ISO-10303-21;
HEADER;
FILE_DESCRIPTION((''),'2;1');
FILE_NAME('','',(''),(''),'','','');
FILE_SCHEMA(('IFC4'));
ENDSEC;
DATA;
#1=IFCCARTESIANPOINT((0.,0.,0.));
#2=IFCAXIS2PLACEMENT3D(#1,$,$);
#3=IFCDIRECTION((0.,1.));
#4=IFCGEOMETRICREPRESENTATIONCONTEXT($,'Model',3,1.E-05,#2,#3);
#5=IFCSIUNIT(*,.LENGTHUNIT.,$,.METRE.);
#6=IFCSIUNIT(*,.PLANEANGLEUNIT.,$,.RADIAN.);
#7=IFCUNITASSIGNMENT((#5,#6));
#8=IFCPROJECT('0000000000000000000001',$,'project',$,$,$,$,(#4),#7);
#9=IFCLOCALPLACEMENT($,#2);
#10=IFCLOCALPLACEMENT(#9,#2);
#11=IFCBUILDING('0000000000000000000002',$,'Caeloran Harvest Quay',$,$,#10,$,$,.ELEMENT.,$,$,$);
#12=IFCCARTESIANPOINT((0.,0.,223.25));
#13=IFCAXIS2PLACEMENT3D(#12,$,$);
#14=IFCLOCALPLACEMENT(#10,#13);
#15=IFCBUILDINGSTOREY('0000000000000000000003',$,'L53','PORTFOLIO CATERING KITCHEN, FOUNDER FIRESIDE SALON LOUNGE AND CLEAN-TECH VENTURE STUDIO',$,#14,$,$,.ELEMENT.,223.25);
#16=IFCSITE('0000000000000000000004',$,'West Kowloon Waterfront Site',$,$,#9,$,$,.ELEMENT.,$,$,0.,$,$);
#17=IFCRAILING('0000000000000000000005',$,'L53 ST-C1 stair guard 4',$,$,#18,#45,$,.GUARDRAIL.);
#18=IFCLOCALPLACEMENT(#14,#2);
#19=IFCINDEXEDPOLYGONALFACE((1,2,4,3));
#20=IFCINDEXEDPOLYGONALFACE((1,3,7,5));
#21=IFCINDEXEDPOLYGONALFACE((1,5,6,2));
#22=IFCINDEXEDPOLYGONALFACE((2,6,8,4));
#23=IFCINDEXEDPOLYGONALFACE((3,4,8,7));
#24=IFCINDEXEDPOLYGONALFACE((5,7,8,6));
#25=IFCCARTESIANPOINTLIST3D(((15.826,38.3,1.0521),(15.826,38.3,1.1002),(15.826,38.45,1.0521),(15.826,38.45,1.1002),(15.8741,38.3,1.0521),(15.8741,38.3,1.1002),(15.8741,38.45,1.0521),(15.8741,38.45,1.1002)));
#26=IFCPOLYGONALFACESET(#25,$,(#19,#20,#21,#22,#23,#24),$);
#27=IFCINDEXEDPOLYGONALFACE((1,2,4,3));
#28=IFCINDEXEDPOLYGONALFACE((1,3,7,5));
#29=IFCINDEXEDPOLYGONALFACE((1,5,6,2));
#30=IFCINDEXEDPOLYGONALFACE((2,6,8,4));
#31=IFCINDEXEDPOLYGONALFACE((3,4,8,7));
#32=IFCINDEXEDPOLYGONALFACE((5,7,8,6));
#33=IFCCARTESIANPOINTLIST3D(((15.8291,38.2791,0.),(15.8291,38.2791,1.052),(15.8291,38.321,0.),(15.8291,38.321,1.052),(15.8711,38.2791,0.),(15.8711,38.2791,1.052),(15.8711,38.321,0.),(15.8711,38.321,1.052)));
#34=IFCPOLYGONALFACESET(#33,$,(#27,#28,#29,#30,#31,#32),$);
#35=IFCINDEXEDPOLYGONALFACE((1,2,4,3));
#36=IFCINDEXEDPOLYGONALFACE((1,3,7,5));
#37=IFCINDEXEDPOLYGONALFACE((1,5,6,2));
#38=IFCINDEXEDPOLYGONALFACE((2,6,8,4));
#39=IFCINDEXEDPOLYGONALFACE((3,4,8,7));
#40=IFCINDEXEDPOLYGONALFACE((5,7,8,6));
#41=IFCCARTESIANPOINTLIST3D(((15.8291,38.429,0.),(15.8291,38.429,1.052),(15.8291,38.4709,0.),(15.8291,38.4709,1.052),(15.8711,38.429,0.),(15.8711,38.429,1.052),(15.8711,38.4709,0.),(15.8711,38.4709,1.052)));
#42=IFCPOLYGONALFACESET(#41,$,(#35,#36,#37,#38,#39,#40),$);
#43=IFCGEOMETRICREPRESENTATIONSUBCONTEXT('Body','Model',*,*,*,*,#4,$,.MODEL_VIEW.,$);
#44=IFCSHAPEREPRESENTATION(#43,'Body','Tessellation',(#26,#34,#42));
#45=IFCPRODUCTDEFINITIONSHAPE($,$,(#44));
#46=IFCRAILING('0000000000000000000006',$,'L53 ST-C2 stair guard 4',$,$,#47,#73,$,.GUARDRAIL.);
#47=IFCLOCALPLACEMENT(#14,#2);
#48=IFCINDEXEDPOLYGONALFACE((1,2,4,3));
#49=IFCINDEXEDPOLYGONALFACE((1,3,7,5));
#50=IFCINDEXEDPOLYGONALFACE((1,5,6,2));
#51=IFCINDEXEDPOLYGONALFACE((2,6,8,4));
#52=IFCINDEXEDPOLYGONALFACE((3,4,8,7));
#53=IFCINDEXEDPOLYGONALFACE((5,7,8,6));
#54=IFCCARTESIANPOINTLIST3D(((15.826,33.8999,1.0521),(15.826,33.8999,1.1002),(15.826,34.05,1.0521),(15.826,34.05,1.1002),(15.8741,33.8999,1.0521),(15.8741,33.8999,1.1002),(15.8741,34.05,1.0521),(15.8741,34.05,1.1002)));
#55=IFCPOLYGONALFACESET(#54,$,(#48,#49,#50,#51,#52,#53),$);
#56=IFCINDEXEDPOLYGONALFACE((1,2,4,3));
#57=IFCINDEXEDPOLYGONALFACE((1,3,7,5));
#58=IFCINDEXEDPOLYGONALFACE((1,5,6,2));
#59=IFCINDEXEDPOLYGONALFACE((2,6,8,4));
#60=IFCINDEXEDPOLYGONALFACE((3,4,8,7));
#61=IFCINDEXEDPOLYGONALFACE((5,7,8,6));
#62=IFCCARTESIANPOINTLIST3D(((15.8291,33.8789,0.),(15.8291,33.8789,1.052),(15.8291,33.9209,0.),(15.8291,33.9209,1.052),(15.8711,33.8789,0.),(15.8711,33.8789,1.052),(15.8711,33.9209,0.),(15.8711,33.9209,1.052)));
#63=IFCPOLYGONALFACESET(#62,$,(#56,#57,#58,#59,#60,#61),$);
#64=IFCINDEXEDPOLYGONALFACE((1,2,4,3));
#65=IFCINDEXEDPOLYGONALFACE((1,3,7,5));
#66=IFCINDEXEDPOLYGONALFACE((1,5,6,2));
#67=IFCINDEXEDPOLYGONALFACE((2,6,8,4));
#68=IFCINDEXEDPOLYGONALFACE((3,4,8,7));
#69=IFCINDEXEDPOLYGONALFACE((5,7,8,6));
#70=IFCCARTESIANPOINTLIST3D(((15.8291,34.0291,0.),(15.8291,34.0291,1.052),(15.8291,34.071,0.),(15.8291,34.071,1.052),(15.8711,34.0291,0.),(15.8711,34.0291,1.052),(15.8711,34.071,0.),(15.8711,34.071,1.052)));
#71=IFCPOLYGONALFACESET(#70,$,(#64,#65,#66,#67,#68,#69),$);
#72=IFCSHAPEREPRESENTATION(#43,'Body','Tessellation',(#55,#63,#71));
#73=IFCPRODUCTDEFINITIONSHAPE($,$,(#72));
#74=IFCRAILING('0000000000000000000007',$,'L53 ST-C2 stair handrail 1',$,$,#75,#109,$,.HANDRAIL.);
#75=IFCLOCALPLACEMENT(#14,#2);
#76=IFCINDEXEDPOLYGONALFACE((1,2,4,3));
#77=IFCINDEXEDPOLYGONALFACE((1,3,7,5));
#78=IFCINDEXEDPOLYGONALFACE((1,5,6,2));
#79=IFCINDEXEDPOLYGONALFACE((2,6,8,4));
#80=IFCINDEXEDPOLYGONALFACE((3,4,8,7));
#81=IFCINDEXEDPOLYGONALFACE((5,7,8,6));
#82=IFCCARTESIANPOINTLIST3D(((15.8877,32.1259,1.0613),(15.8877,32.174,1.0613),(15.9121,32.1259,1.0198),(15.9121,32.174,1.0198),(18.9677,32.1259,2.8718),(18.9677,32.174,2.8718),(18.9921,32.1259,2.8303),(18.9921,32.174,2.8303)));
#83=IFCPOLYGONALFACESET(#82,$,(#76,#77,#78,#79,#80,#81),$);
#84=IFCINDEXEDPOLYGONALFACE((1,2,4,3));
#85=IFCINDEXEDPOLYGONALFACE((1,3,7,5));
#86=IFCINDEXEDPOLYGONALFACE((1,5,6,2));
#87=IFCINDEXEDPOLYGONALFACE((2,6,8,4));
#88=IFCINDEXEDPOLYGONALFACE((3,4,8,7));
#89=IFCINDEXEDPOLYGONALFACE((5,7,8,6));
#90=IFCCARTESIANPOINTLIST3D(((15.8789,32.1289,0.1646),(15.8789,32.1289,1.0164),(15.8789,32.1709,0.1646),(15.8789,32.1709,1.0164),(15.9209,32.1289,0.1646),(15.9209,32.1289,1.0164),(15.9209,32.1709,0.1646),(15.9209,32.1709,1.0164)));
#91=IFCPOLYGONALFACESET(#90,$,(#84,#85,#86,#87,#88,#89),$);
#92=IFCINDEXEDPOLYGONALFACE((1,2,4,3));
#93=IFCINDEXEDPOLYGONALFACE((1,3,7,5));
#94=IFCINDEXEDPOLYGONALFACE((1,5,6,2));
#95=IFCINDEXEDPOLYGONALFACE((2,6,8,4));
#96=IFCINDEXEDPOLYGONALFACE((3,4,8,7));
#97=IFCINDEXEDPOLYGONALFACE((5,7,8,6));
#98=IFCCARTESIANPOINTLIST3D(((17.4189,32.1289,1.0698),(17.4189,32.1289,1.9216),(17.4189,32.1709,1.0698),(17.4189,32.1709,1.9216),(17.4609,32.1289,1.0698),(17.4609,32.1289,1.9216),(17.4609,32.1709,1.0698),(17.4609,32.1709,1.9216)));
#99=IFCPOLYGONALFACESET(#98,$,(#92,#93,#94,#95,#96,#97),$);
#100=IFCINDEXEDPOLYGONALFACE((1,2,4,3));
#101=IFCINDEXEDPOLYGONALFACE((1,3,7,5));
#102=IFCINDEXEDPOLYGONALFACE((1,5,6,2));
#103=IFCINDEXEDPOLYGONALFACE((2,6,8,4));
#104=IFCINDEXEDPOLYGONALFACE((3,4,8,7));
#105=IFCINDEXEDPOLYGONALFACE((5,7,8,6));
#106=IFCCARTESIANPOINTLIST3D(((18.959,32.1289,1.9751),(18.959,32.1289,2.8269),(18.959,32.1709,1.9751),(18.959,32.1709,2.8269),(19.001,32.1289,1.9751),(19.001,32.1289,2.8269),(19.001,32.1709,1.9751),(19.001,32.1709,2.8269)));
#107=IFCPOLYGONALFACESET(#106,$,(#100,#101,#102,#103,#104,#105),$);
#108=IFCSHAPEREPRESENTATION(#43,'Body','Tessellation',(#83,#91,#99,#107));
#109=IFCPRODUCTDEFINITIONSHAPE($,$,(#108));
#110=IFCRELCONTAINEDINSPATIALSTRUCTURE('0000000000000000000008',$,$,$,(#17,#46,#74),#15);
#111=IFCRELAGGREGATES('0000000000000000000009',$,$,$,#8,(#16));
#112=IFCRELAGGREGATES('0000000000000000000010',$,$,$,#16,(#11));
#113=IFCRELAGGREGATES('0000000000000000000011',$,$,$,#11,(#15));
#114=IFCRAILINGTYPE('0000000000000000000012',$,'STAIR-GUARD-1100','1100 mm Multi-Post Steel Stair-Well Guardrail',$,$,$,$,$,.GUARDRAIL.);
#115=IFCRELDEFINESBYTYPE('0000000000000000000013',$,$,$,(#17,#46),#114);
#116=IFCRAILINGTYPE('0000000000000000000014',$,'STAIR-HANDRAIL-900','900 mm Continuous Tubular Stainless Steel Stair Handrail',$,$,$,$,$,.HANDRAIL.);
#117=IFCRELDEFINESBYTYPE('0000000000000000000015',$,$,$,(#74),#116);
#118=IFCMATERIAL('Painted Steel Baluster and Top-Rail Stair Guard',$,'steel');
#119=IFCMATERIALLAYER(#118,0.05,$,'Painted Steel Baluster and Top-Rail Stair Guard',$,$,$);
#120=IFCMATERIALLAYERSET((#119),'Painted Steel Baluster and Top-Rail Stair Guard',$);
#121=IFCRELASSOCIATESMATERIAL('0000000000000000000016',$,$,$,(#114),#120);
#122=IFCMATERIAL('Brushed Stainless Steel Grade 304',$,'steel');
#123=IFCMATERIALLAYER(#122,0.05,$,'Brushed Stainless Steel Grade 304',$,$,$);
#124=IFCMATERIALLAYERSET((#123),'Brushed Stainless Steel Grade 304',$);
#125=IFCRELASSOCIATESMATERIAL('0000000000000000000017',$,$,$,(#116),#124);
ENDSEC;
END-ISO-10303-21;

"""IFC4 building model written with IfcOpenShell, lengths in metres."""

from ifc_helpers import new_model, si_unit, direction, frame, origin, origin_2d, place, context, subcontext, project, spatial, rectangle, extrude, material, layer, layer_set, type_object, element, save


model = new_model("IFC4")

# Units and contexts
model_context = context("Model", 3, precision=1e-05, world=origin(), true_north=direction((0.0, 1.0)))
body_context = subcontext(model_context, "Body", "Model", "MODEL_VIEW")
ifc_project = project(units=[si_unit("LENGTHUNIT", "METRE"), si_unit("PLANEANGLEUNIT", "RADIAN")], contexts=[model_context])

# Site, building, storey
site_placement = place(None, origin())
site = spatial("IfcSite", under=ifc_project, at=site_placement, Name="West Kowloon Waterfront Site", CompositionType="ELEMENT", RefElevation=0.0)
building_placement = place(site_placement, origin())
building = spatial("IfcBuilding", under=site, at=building_placement, Name="Caeloran Harvest Quay", CompositionType="ELEMENT")
storey_placement = place(building_placement, frame((0.0, 0.0, 223.25)))
storey = spatial("IfcBuildingStorey", under=building, at=storey_placement, Name="L53", Description="PORTFOLIO CATERING KITCHEN, FOUNDER FIRESIDE SALON LOUNGE AND CLEAN-TECH VENTURE STUDIO", CompositionType="ELEMENT", Elevation=223.25)

# Railings
ifc_material_1 = material(Name="Painted Steel Baluster and Top-Rail Stair Guard", Category="steel")
ifc_layer_1 = layer(ifc_material_1, 0.05, Name="Painted Steel Baluster and Top-Rail Stair Guard")
ifc_layer_set_1 = layer_set([ifc_layer_1], Name="Painted Steel Baluster and Top-Rail Stair Guard")
railing_type_1 = type_object("IfcRailingType", Name="STAIR-GUARD-1100", Description="1100 mm Multi-Post Steel Stair-Well Guardrail", PredefinedType="GUARDRAIL", material=ifc_layer_set_1)
railing_1_placement = place(storey_placement, frame((15.8501, 38.3, 0.0)))
element("IfcRailing", 1, at=railing_1_placement, inside=storey, type_object=railing_type_1, Name="L53 ST-C1 stair guard 4", PredefinedType="GUARDRAIL", context=body_context, shape_type="SweptSolid", body=[
    extrude(rectangle(XDim=0.0481, YDim=0.0481, at=origin_2d()), frame((0.0, 0.0, 1.0762), z_axis=(0.0, 1.0, 0.0), x_axis=(-1.0, 0.0, 0.0)), (0.0, 0.0, 1.0), 0.1499),
    extrude(rectangle(XDim=0.042, YDim=0.042, at=origin_2d()), origin(), (0.0, 0.0, 1.0), 1.052),
    extrude(rectangle(XDim=0.042, YDim=0.042, at=origin_2d()), frame((0.0, 0.1499, 0.0)), (0.0, 0.0, 1.0), 1.052),
])
railing_2_placement = place(storey_placement, frame((15.8501, 33.8999, 0.0)))
element("IfcRailing", 2, at=railing_2_placement, inside=storey, type_object=railing_type_1, Name="L53 ST-C2 stair guard 4", PredefinedType="GUARDRAIL", context=body_context, shape_type="SweptSolid", body=[
    extrude(rectangle(XDim=0.0481, YDim=0.0481, at=origin_2d()), frame((0.0, 0.0, 1.0762), z_axis=(0.0, 1.0, 0.0), x_axis=(-1.0, 0.0, 0.0)), (0.0, 0.0, 1.0), 0.1501),
    extrude(rectangle(XDim=0.042, YDim=0.042, at=origin_2d()), origin(), (0.0, 0.0, 1.0), 1.052),
    extrude(rectangle(XDim=0.042, YDim=0.042, at=origin_2d()), frame((0.0, 0.1501, 0.0)), (0.0, 0.0, 1.0), 1.052),
])
ifc_material_2 = material(Name="Brushed Stainless Steel Grade 304", Category="steel")
ifc_layer_2 = layer(ifc_material_2, 0.05, Name="Brushed Stainless Steel Grade 304")
ifc_layer_set_2 = layer_set([ifc_layer_2], Name="Brushed Stainless Steel Grade 304")
railing_type_2 = type_object("IfcRailingType", Name="STAIR-HANDRAIL-900", Description="900 mm Continuous Tubular Stainless Steel Stair Handrail", PredefinedType="HANDRAIL", material=ifc_layer_set_2)
railing_3_placement = place(storey_placement, frame((15.8999, 32.1499, 0.1646)))
element("IfcRailing", 3, at=railing_3_placement, inside=storey, type_object=railing_type_2, Name="L53 ST-C2 stair handrail 1", PredefinedType="HANDRAIL", context=body_context, shape_type="SweptSolid", body=[
    extrude(rectangle(XDim=0.0481, YDim=0.0481, at=origin_2d()), frame((0.0, 0.0, 0.876), z_axis=(0.862089, 0.0, 0.506757), x_axis=(0.0, 1.0, 0.0)), (0.0, 0.0, 1.0), 3.5728),
    extrude(rectangle(XDim=0.042, YDim=0.042, at=origin_2d()), origin(), (0.0, 0.0, 1.0), 0.8518),
    extrude(rectangle(XDim=0.042, YDim=0.042, at=origin_2d()), frame((1.54, 0.0, 0.9053)), (0.0, 0.0, 1.0), 0.8518),
    extrude(rectangle(XDim=0.042, YDim=0.042, at=origin_2d()), frame((3.0801, 0.0, 1.8105)), (0.0, 0.0, 1.0), 0.8518),
])

save(model, "model.ifc")
